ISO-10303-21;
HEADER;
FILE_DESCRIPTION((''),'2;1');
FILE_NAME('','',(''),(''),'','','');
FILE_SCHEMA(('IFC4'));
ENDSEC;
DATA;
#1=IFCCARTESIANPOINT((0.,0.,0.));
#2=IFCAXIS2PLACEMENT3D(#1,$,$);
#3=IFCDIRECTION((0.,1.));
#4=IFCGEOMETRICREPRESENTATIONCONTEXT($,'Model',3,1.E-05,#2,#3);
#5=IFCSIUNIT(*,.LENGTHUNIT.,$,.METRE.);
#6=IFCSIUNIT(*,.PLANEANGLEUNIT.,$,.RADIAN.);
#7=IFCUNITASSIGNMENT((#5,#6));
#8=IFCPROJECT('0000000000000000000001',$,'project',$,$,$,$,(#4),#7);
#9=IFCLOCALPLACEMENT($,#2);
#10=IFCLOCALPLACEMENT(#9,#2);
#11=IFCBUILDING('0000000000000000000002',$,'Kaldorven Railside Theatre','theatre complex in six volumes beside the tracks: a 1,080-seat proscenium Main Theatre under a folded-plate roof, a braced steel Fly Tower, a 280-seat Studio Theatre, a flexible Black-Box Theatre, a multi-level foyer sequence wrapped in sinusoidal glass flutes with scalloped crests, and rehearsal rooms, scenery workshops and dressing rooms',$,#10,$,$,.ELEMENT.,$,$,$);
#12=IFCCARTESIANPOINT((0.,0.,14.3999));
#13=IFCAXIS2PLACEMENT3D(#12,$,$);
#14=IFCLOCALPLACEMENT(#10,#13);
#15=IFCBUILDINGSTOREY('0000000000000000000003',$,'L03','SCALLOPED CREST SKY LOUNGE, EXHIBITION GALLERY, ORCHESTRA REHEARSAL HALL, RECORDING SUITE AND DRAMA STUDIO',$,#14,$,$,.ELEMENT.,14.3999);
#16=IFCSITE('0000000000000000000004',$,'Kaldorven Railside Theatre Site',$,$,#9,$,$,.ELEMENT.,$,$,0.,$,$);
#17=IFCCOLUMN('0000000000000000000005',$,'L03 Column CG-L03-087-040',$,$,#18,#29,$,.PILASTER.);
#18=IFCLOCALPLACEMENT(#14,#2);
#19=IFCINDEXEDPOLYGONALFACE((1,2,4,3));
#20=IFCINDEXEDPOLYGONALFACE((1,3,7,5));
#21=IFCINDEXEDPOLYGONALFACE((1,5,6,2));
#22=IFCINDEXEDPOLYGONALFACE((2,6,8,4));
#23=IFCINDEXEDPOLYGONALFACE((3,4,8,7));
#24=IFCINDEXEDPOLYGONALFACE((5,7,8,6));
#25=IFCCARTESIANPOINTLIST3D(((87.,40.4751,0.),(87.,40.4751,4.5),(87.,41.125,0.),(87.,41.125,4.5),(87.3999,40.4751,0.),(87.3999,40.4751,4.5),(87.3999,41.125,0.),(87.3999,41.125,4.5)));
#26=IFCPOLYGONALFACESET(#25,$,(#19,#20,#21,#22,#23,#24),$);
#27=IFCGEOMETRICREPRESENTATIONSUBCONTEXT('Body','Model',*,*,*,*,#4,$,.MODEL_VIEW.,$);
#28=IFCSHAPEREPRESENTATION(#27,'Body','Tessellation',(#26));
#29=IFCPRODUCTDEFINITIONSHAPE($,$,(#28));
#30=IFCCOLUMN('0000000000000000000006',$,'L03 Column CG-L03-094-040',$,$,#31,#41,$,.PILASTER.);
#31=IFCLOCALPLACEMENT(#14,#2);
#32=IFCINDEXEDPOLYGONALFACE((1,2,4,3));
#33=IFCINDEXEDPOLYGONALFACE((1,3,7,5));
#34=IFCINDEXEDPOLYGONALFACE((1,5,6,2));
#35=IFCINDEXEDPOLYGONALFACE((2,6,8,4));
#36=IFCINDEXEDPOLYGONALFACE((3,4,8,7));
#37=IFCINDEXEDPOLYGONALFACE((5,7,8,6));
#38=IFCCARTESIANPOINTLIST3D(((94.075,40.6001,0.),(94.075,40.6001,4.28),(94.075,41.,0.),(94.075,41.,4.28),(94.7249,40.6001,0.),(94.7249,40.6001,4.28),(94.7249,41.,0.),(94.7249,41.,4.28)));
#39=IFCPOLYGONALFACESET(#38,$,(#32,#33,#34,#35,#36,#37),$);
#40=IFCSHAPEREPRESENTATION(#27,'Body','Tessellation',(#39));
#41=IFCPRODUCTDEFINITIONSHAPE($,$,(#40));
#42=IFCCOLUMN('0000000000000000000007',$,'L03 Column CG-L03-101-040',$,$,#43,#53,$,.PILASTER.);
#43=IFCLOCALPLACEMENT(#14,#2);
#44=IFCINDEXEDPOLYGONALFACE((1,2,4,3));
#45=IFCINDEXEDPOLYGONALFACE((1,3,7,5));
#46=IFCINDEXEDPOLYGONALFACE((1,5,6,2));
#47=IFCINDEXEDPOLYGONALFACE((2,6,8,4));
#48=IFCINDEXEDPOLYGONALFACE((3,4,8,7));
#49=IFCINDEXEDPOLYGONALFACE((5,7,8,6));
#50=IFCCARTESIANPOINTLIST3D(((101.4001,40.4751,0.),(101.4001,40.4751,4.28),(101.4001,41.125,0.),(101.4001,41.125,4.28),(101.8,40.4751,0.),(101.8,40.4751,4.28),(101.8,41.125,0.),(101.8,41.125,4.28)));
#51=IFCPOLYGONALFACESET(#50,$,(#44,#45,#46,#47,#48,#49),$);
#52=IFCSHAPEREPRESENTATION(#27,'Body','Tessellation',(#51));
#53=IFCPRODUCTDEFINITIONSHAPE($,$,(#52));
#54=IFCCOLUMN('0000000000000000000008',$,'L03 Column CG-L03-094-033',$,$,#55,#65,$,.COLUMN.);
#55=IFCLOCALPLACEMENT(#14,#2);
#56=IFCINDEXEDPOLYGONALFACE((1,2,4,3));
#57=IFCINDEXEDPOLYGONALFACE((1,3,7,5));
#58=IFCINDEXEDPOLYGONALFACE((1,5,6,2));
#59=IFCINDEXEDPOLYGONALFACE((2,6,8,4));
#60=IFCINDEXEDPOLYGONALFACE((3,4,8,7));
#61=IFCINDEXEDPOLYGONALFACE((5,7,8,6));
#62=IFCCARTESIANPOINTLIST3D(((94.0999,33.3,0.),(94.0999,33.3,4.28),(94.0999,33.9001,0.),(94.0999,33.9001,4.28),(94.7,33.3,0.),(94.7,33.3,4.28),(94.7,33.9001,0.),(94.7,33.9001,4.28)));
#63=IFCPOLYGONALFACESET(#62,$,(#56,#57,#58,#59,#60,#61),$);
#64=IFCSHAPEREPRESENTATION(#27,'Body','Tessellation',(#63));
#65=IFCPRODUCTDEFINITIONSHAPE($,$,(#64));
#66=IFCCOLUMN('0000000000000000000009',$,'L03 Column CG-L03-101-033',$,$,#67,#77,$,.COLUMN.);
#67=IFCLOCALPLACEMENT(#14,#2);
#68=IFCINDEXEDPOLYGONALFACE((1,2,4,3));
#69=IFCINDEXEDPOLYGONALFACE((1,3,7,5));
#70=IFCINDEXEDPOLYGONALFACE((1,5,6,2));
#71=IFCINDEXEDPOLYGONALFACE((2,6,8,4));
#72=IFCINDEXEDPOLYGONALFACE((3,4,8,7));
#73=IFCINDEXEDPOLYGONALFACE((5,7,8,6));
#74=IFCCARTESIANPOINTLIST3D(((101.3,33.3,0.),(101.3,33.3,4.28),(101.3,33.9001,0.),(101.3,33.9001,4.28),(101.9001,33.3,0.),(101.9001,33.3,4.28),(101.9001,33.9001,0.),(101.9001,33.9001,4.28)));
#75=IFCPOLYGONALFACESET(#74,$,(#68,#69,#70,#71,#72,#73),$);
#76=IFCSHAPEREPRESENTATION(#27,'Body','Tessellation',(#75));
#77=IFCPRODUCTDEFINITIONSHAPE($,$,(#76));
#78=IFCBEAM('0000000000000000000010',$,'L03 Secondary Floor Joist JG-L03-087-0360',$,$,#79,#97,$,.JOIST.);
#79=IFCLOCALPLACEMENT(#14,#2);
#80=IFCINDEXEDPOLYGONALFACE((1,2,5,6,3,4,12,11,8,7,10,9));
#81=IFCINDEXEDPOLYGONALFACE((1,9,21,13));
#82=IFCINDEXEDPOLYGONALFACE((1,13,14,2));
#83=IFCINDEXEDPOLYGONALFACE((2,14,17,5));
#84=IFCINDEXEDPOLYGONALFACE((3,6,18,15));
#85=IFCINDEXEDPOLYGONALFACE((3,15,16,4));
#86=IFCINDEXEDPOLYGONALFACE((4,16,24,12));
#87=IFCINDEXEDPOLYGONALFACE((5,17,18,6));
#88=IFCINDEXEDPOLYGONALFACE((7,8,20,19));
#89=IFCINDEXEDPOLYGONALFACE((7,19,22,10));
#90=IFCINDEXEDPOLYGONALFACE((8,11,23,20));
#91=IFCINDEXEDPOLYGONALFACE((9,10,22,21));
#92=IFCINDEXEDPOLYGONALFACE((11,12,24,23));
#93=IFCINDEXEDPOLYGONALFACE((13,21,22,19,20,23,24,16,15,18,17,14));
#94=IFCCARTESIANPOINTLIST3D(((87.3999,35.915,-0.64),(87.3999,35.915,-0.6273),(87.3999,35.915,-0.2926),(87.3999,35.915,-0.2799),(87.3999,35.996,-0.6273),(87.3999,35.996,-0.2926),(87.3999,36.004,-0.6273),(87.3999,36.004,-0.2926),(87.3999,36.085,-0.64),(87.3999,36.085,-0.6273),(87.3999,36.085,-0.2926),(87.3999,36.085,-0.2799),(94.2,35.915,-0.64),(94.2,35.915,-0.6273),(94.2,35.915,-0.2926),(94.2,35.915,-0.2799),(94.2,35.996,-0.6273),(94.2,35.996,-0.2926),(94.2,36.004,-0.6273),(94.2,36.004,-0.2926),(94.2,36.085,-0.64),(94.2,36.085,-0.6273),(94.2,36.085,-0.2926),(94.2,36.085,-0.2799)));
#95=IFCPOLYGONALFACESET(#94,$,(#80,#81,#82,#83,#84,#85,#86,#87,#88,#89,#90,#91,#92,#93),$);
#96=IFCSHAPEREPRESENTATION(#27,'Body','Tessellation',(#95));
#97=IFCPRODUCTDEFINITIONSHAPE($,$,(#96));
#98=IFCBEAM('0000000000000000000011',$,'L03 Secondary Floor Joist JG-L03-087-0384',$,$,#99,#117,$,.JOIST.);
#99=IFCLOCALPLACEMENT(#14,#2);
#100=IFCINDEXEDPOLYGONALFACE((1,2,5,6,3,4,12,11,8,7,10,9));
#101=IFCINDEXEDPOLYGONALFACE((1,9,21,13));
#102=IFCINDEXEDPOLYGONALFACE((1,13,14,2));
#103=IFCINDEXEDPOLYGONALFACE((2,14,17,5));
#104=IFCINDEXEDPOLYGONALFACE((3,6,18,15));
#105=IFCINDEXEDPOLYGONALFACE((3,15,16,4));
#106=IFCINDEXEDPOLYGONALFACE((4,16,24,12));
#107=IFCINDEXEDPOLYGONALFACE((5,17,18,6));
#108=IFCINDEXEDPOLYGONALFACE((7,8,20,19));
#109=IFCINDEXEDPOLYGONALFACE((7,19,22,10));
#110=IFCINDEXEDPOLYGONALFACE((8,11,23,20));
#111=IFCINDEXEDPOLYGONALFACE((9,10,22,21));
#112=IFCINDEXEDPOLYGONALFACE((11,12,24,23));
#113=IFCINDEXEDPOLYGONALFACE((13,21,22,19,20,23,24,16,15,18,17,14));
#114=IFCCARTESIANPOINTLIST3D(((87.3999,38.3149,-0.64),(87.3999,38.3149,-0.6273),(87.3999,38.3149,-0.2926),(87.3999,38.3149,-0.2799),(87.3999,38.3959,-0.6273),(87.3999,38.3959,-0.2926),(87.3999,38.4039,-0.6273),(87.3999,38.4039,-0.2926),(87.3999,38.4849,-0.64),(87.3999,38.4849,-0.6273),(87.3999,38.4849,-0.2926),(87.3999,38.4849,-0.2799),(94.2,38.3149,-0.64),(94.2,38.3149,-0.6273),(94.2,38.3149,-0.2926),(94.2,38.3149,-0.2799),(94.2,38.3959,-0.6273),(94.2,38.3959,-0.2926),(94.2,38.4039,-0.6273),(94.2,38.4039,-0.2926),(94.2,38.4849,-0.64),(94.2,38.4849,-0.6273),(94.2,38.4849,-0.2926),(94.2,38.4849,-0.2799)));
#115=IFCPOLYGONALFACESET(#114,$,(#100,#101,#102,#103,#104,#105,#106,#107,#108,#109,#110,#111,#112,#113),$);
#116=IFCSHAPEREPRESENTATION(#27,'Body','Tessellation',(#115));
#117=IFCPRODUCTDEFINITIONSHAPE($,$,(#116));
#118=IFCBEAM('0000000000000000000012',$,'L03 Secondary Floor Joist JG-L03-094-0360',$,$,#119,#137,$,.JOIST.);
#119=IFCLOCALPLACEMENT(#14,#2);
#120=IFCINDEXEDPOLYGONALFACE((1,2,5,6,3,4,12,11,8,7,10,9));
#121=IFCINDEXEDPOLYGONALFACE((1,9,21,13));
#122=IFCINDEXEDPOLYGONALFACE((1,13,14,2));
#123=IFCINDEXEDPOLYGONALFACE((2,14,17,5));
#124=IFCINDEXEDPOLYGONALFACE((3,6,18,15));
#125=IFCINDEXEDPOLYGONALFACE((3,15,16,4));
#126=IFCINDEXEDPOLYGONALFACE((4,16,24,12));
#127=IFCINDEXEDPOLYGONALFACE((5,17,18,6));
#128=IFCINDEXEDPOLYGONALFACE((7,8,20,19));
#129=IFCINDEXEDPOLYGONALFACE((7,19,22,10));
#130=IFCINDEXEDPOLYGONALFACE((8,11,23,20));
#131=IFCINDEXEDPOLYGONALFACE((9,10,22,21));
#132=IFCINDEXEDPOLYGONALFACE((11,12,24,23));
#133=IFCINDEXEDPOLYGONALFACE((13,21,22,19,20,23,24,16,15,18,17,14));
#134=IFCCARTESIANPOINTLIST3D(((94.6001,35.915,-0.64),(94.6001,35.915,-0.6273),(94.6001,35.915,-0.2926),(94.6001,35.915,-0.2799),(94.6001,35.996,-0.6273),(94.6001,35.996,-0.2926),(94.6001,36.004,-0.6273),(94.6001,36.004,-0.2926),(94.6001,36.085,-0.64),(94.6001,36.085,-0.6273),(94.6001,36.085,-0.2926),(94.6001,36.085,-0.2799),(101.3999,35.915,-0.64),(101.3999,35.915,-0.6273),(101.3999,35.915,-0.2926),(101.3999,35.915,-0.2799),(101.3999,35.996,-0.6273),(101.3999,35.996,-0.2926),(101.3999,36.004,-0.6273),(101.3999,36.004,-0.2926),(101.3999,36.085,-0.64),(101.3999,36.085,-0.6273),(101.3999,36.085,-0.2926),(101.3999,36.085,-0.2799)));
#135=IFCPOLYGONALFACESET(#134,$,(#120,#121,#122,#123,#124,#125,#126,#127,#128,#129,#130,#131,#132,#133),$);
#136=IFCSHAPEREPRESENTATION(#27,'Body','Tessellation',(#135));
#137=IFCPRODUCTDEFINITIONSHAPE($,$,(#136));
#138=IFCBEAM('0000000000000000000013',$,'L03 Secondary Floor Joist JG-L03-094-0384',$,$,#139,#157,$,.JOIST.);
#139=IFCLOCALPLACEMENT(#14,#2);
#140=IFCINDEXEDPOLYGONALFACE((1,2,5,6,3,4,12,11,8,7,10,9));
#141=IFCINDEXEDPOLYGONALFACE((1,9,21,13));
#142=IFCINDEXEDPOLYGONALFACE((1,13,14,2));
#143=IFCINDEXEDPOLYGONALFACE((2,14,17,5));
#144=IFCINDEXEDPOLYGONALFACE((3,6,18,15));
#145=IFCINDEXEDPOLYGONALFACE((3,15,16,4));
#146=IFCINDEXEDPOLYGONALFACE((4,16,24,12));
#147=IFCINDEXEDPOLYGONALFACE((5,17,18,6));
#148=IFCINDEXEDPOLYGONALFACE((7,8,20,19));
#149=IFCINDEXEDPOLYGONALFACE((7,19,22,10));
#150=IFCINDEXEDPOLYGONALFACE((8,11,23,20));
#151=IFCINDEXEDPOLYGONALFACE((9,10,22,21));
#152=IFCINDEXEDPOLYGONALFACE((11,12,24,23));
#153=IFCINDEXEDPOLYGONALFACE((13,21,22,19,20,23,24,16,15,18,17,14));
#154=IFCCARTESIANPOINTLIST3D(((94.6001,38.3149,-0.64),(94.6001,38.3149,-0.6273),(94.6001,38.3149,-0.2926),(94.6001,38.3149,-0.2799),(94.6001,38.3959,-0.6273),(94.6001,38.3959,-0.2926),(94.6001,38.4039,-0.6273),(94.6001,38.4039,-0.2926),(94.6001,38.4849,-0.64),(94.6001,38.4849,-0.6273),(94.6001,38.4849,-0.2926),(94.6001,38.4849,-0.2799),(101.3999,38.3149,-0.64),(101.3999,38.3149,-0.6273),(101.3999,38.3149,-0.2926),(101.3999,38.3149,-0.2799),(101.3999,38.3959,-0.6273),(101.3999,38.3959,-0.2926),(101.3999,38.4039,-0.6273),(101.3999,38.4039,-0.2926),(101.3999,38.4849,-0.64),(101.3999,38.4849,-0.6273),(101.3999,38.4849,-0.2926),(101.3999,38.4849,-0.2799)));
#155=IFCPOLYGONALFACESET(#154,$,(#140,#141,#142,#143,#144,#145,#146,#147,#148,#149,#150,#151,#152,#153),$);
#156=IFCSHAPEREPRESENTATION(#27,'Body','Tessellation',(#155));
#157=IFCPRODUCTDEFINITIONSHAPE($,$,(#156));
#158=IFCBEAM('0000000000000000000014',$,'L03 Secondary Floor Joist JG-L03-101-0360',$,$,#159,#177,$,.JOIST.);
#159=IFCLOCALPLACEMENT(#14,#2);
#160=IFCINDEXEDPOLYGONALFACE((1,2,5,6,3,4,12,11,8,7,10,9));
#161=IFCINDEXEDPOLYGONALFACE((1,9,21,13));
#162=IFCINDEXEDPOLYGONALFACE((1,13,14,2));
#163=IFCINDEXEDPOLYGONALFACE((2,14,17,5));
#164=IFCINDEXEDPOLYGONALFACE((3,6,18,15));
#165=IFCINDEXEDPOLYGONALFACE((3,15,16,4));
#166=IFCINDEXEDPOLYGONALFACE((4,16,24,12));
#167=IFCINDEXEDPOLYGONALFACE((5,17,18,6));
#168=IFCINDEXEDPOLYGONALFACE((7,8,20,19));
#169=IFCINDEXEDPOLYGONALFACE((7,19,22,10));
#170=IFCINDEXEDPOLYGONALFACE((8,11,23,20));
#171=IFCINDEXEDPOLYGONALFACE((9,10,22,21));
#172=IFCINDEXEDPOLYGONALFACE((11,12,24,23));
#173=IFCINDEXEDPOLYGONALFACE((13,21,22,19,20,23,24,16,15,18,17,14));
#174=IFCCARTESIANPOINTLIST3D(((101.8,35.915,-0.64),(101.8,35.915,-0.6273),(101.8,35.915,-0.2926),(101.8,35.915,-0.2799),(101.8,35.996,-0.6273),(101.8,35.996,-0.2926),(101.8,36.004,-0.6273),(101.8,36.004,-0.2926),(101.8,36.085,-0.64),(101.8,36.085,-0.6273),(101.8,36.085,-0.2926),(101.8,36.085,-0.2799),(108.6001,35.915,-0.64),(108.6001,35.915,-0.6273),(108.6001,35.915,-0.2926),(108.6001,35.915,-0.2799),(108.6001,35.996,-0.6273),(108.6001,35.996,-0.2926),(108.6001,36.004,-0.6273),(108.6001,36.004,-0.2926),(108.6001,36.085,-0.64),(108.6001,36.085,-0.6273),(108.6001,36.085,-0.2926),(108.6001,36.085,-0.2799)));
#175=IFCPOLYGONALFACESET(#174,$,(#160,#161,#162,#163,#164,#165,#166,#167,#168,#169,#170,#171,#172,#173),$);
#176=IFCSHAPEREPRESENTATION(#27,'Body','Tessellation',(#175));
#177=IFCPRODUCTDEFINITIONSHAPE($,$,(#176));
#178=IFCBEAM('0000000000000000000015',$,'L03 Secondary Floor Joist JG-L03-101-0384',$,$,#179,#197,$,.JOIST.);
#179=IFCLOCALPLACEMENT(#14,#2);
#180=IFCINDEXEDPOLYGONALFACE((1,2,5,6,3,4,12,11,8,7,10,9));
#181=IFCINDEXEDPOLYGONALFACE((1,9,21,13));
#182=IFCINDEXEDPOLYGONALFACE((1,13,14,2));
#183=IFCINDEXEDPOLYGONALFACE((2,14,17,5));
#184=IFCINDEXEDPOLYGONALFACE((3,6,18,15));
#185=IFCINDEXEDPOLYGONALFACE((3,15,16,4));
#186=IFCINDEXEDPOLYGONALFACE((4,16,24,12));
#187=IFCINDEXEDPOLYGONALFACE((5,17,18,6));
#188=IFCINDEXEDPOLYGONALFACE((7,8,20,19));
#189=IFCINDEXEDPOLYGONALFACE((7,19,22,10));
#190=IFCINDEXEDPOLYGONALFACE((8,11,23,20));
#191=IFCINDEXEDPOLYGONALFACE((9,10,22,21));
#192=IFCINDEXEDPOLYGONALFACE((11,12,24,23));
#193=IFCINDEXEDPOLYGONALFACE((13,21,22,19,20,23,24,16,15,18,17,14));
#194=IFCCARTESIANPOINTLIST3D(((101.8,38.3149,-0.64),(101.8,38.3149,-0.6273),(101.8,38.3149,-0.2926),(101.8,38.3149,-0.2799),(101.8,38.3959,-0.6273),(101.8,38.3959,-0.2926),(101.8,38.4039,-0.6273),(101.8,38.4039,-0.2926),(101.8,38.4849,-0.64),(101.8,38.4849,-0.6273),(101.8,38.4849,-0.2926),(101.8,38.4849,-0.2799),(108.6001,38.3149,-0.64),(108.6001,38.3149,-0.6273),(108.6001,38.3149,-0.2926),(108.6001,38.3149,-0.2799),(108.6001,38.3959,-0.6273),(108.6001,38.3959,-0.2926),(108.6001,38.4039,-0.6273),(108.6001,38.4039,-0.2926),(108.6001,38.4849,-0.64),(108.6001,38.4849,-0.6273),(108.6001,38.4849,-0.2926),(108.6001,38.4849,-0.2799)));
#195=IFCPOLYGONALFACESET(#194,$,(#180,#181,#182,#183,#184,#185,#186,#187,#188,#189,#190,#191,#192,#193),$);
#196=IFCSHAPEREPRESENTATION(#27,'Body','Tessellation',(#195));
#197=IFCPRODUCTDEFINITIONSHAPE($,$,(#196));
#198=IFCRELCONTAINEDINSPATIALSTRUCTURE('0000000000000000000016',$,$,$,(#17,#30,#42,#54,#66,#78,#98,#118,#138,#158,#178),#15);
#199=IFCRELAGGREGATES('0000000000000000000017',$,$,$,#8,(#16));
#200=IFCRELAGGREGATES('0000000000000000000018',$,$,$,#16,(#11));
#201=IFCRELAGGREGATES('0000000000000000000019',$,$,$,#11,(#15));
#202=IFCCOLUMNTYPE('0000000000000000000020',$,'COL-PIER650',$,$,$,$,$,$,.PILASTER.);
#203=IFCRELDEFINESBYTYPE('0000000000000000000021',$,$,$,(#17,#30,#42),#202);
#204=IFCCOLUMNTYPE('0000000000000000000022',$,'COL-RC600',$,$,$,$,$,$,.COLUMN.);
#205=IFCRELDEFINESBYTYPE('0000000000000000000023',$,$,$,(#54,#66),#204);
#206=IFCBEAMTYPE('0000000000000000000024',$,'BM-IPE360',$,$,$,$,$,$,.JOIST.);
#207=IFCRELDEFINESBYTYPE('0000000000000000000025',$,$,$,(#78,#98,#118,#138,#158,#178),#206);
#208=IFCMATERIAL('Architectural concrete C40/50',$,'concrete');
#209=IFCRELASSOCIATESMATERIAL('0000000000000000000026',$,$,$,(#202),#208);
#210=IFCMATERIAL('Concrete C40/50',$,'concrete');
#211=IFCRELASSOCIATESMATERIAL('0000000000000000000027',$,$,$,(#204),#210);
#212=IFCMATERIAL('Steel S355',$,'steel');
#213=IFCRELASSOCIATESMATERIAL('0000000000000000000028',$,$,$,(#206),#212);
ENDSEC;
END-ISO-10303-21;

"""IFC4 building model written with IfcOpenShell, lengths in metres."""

from ifc_helpers import new_model, si_unit, direction, frame, origin, origin_2d, place, context, subcontext, project, spatial, rectangle, i_section, extrude, material, material_profile, profile_set, type_object, element, save


model = new_model("IFC4")

# Units and contexts
model_context = context("Model", 3, precision=1e-05, world=origin(), true_north=direction((0.0, 1.0)))
body_context = subcontext(model_context, "Body", "Model", "MODEL_VIEW")
ifc_project = project(units=[si_unit("LENGTHUNIT", "METRE"), si_unit("PLANEANGLEUNIT", "RADIAN")], contexts=[model_context])

# Site, building, storey
site_placement = place(None, origin())
site = spatial("IfcSite", under=ifc_project, at=site_placement, Name="Kaldorven Railside Theatre Site", CompositionType="ELEMENT", RefElevation=0.0)
building_placement = place(site_placement, origin())
building = spatial("IfcBuilding", under=site, at=building_placement, Name="Kaldorven Railside Theatre", Description="theatre complex in six volumes beside the tracks: a 1,080-seat proscenium Main Theatre under a folded-plate roof, a braced steel Fly Tower, a 280-seat Studio Theatre, a flexible Black-Box Theatre, a multi-level foyer sequence wrapped in sinusoidal glass flutes with scalloped crests, and rehearsal rooms, scenery workshops and dressing rooms", CompositionType="ELEMENT")
storey_placement = place(building_placement, frame((0.0, 0.0, 14.3999)))
storey = spatial("IfcBuildingStorey", under=building, at=storey_placement, Name="L03", Description="SCALLOPED CREST SKY LOUNGE, EXHIBITION GALLERY, ORCHESTRA REHEARSAL HALL, RECORDING SUITE AND DRAMA STUDIO", CompositionType="ELEMENT", Elevation=14.3999)

# Columns
ifc_material_1 = material(Name="Architectural concrete C40/50", Category="concrete")
ifc_material_profile_1 = material_profile(ifc_material_1, rectangle(XDim=0.3999, YDim=0.6499, at=origin_2d()), Name="RC 400x650")
ifc_profile_set_1 = profile_set([ifc_material_profile_1], Name="Architectural concrete C40/50")
column_type_1 = type_object("IfcColumnType", Name="COL-PIER650", PredefinedType="PILASTER", material=ifc_profile_set_1)
column_placement = place(storey_placement, frame((87.2, 40.8, 0.0), z_axis=(0.0, 0.0, 1.0), x_axis=(1.0, 0.0, 0.0)))
element("IfcColumn", 1, at=column_placement, inside=storey, type_object=column_type_1, Name="L03 Column CG-L03-087-040", PredefinedType="PILASTER", context=body_context, shape_type="SweptSolid", body=[
    extrude(rectangle(XDim=0.3999, YDim=0.6499, at=origin_2d()), origin(), (0.0, 0.0, 1.0), 4.5),
])
for number, where, z_axis, x_axis, name in (
    (2, (94.3999, 40.8, 0.0), (0.0, 0.0, 1.0), (0.0, 1.0, 0.0), "L03 Column CG-L03-094-040"),
    (3, (101.6001, 40.8, 0.0), (0.0, 0.0, 1.0), (1.0, 0.0, 0.0), "L03 Column CG-L03-101-040"),
):
    element("IfcColumn", number, at=place(storey_placement, frame(where, z_axis=z_axis, x_axis=x_axis)), inside=storey, type_object=column_type_1, Name=name, PredefinedType="PILASTER", context=body_context, shape_type="SweptSolid", body=[
        extrude(rectangle(XDim=0.3999, YDim=0.6499, at=origin_2d()), origin(), (0.0, 0.0, 1.0), 4.28),
    ])
ifc_material_2 = material(Name="Concrete C40/50", Category="concrete")
ifc_material_profile_2 = material_profile(ifc_material_2, rectangle(XDim=0.6001, YDim=0.6001, at=origin_2d()), Name="RC 600x600")
ifc_profile_set_2 = profile_set([ifc_material_profile_2], Name="Concrete C40/50")
column_type_2 = type_object("IfcColumnType", Name="COL-RC600", PredefinedType="COLUMN", material=ifc_profile_set_2)
for number, where, z_axis, x_axis, name in (
    (4, (94.3999, 33.6001, 0.0), (0.0, 0.0, 1.0), (1.0, 0.0, 0.0), "L03 Column CG-L03-094-033"),
    (5, (101.6001, 33.6001, 0.0), (0.0, 0.0, 1.0), (0.0, 1.0, 0.0), "L03 Column CG-L03-101-033"),
):
    element("IfcColumn", number, at=place(storey_placement, frame(where, z_axis=z_axis, x_axis=x_axis)), inside=storey, type_object=column_type_2, Name=name, PredefinedType="COLUMN", context=body_context, shape_type="SweptSolid", body=[
        extrude(rectangle(XDim=0.6001, YDim=0.6001, at=origin_2d()), origin(), (0.0, 0.0, 1.0), 4.28),
    ])

# Beams
ifc_material_3 = material(Name="Steel S355", Category="steel")
ifc_material_profile_3 = material_profile(ifc_material_3, i_section(OverallWidth=0.1699, OverallDepth=0.3601, WebThickness=0.0081, FlangeThickness=0.0127, at=origin_2d()), Name="IPE 360")
ifc_profile_set_3 = profile_set([ifc_material_profile_3], Name="Steel S355")
beam_type_1 = type_object("IfcBeamType", Name="BM-IPE360", PredefinedType="JOIST", material=ifc_profile_set_3)
for number, where, z_axis, x_axis, name in (
    (6, (87.3999, 36.0, -0.46), (1.0, 0.0, 0.0), (0.0, 1.0, 0.0), "L03 Secondary Floor Joist JG-L03-087-0360"),
    (7, (87.3999, 38.3999, -0.46), (1.0, 0.0, 0.0), (0.0, 1.0, 0.0), "L03 Secondary Floor Joist JG-L03-087-0384"),
):
    element("IfcBeam", number, at=place(storey_placement, frame(where, z_axis=z_axis, x_axis=x_axis)), inside=storey, type_object=beam_type_1, Name=name, PredefinedType="JOIST", context=body_context, shape_type="SweptSolid", body=[
        extrude(i_section(OverallWidth=0.1699, OverallDepth=0.3601, WebThickness=0.0081, FlangeThickness=0.0127, at=origin_2d()), origin(), (0.0, 0.0, 1.0), 6.8),
    ])
for number, where, z_axis, x_axis, name in (
    (8, (94.6001, 36.0, -0.46), (1.0, 0.0, 0.0), (0.0, 1.0, 0.0), "L03 Secondary Floor Joist JG-L03-094-0360"),
    (9, (94.6001, 38.3999, -0.46), (1.0, 0.0, 0.0), (0.0, 1.0, 0.0), "L03 Secondary Floor Joist JG-L03-094-0384"),
):
    element("IfcBeam", number, at=place(storey_placement, frame(where, z_axis=z_axis, x_axis=x_axis)), inside=storey, type_object=beam_type_1, Name=name, PredefinedType="JOIST", context=body_context, shape_type="SweptSolid", body=[
        extrude(i_section(OverallWidth=0.1699, OverallDepth=0.3601, WebThickness=0.0081, FlangeThickness=0.0127, at=origin_2d()), origin(), (0.0, 0.0, 1.0), 6.7998),
    ])
for number, where, z_axis, x_axis, name in (
    (10, (101.8, 36.0, -0.46), (1.0, 0.0, 0.0), (0.0, 1.0, 0.0), "L03 Secondary Floor Joist JG-L03-101-0360"),
    (11, (101.8, 38.3999, -0.46), (1.0, 0.0, 0.0), (0.0, 1.0, 0.0), "L03 Secondary Floor Joist JG-L03-101-0384"),
):
    element("IfcBeam", number, at=place(storey_placement, frame(where, z_axis=z_axis, x_axis=x_axis)), inside=storey, type_object=beam_type_1, Name=name, PredefinedType="JOIST", context=body_context, shape_type="SweptSolid", body=[
        extrude(i_section(OverallWidth=0.1699, OverallDepth=0.3601, WebThickness=0.0081, FlangeThickness=0.0127, at=origin_2d()), origin(), (0.0, 0.0, 1.0), 6.8),
    ])

save(model, "model.ifc")
